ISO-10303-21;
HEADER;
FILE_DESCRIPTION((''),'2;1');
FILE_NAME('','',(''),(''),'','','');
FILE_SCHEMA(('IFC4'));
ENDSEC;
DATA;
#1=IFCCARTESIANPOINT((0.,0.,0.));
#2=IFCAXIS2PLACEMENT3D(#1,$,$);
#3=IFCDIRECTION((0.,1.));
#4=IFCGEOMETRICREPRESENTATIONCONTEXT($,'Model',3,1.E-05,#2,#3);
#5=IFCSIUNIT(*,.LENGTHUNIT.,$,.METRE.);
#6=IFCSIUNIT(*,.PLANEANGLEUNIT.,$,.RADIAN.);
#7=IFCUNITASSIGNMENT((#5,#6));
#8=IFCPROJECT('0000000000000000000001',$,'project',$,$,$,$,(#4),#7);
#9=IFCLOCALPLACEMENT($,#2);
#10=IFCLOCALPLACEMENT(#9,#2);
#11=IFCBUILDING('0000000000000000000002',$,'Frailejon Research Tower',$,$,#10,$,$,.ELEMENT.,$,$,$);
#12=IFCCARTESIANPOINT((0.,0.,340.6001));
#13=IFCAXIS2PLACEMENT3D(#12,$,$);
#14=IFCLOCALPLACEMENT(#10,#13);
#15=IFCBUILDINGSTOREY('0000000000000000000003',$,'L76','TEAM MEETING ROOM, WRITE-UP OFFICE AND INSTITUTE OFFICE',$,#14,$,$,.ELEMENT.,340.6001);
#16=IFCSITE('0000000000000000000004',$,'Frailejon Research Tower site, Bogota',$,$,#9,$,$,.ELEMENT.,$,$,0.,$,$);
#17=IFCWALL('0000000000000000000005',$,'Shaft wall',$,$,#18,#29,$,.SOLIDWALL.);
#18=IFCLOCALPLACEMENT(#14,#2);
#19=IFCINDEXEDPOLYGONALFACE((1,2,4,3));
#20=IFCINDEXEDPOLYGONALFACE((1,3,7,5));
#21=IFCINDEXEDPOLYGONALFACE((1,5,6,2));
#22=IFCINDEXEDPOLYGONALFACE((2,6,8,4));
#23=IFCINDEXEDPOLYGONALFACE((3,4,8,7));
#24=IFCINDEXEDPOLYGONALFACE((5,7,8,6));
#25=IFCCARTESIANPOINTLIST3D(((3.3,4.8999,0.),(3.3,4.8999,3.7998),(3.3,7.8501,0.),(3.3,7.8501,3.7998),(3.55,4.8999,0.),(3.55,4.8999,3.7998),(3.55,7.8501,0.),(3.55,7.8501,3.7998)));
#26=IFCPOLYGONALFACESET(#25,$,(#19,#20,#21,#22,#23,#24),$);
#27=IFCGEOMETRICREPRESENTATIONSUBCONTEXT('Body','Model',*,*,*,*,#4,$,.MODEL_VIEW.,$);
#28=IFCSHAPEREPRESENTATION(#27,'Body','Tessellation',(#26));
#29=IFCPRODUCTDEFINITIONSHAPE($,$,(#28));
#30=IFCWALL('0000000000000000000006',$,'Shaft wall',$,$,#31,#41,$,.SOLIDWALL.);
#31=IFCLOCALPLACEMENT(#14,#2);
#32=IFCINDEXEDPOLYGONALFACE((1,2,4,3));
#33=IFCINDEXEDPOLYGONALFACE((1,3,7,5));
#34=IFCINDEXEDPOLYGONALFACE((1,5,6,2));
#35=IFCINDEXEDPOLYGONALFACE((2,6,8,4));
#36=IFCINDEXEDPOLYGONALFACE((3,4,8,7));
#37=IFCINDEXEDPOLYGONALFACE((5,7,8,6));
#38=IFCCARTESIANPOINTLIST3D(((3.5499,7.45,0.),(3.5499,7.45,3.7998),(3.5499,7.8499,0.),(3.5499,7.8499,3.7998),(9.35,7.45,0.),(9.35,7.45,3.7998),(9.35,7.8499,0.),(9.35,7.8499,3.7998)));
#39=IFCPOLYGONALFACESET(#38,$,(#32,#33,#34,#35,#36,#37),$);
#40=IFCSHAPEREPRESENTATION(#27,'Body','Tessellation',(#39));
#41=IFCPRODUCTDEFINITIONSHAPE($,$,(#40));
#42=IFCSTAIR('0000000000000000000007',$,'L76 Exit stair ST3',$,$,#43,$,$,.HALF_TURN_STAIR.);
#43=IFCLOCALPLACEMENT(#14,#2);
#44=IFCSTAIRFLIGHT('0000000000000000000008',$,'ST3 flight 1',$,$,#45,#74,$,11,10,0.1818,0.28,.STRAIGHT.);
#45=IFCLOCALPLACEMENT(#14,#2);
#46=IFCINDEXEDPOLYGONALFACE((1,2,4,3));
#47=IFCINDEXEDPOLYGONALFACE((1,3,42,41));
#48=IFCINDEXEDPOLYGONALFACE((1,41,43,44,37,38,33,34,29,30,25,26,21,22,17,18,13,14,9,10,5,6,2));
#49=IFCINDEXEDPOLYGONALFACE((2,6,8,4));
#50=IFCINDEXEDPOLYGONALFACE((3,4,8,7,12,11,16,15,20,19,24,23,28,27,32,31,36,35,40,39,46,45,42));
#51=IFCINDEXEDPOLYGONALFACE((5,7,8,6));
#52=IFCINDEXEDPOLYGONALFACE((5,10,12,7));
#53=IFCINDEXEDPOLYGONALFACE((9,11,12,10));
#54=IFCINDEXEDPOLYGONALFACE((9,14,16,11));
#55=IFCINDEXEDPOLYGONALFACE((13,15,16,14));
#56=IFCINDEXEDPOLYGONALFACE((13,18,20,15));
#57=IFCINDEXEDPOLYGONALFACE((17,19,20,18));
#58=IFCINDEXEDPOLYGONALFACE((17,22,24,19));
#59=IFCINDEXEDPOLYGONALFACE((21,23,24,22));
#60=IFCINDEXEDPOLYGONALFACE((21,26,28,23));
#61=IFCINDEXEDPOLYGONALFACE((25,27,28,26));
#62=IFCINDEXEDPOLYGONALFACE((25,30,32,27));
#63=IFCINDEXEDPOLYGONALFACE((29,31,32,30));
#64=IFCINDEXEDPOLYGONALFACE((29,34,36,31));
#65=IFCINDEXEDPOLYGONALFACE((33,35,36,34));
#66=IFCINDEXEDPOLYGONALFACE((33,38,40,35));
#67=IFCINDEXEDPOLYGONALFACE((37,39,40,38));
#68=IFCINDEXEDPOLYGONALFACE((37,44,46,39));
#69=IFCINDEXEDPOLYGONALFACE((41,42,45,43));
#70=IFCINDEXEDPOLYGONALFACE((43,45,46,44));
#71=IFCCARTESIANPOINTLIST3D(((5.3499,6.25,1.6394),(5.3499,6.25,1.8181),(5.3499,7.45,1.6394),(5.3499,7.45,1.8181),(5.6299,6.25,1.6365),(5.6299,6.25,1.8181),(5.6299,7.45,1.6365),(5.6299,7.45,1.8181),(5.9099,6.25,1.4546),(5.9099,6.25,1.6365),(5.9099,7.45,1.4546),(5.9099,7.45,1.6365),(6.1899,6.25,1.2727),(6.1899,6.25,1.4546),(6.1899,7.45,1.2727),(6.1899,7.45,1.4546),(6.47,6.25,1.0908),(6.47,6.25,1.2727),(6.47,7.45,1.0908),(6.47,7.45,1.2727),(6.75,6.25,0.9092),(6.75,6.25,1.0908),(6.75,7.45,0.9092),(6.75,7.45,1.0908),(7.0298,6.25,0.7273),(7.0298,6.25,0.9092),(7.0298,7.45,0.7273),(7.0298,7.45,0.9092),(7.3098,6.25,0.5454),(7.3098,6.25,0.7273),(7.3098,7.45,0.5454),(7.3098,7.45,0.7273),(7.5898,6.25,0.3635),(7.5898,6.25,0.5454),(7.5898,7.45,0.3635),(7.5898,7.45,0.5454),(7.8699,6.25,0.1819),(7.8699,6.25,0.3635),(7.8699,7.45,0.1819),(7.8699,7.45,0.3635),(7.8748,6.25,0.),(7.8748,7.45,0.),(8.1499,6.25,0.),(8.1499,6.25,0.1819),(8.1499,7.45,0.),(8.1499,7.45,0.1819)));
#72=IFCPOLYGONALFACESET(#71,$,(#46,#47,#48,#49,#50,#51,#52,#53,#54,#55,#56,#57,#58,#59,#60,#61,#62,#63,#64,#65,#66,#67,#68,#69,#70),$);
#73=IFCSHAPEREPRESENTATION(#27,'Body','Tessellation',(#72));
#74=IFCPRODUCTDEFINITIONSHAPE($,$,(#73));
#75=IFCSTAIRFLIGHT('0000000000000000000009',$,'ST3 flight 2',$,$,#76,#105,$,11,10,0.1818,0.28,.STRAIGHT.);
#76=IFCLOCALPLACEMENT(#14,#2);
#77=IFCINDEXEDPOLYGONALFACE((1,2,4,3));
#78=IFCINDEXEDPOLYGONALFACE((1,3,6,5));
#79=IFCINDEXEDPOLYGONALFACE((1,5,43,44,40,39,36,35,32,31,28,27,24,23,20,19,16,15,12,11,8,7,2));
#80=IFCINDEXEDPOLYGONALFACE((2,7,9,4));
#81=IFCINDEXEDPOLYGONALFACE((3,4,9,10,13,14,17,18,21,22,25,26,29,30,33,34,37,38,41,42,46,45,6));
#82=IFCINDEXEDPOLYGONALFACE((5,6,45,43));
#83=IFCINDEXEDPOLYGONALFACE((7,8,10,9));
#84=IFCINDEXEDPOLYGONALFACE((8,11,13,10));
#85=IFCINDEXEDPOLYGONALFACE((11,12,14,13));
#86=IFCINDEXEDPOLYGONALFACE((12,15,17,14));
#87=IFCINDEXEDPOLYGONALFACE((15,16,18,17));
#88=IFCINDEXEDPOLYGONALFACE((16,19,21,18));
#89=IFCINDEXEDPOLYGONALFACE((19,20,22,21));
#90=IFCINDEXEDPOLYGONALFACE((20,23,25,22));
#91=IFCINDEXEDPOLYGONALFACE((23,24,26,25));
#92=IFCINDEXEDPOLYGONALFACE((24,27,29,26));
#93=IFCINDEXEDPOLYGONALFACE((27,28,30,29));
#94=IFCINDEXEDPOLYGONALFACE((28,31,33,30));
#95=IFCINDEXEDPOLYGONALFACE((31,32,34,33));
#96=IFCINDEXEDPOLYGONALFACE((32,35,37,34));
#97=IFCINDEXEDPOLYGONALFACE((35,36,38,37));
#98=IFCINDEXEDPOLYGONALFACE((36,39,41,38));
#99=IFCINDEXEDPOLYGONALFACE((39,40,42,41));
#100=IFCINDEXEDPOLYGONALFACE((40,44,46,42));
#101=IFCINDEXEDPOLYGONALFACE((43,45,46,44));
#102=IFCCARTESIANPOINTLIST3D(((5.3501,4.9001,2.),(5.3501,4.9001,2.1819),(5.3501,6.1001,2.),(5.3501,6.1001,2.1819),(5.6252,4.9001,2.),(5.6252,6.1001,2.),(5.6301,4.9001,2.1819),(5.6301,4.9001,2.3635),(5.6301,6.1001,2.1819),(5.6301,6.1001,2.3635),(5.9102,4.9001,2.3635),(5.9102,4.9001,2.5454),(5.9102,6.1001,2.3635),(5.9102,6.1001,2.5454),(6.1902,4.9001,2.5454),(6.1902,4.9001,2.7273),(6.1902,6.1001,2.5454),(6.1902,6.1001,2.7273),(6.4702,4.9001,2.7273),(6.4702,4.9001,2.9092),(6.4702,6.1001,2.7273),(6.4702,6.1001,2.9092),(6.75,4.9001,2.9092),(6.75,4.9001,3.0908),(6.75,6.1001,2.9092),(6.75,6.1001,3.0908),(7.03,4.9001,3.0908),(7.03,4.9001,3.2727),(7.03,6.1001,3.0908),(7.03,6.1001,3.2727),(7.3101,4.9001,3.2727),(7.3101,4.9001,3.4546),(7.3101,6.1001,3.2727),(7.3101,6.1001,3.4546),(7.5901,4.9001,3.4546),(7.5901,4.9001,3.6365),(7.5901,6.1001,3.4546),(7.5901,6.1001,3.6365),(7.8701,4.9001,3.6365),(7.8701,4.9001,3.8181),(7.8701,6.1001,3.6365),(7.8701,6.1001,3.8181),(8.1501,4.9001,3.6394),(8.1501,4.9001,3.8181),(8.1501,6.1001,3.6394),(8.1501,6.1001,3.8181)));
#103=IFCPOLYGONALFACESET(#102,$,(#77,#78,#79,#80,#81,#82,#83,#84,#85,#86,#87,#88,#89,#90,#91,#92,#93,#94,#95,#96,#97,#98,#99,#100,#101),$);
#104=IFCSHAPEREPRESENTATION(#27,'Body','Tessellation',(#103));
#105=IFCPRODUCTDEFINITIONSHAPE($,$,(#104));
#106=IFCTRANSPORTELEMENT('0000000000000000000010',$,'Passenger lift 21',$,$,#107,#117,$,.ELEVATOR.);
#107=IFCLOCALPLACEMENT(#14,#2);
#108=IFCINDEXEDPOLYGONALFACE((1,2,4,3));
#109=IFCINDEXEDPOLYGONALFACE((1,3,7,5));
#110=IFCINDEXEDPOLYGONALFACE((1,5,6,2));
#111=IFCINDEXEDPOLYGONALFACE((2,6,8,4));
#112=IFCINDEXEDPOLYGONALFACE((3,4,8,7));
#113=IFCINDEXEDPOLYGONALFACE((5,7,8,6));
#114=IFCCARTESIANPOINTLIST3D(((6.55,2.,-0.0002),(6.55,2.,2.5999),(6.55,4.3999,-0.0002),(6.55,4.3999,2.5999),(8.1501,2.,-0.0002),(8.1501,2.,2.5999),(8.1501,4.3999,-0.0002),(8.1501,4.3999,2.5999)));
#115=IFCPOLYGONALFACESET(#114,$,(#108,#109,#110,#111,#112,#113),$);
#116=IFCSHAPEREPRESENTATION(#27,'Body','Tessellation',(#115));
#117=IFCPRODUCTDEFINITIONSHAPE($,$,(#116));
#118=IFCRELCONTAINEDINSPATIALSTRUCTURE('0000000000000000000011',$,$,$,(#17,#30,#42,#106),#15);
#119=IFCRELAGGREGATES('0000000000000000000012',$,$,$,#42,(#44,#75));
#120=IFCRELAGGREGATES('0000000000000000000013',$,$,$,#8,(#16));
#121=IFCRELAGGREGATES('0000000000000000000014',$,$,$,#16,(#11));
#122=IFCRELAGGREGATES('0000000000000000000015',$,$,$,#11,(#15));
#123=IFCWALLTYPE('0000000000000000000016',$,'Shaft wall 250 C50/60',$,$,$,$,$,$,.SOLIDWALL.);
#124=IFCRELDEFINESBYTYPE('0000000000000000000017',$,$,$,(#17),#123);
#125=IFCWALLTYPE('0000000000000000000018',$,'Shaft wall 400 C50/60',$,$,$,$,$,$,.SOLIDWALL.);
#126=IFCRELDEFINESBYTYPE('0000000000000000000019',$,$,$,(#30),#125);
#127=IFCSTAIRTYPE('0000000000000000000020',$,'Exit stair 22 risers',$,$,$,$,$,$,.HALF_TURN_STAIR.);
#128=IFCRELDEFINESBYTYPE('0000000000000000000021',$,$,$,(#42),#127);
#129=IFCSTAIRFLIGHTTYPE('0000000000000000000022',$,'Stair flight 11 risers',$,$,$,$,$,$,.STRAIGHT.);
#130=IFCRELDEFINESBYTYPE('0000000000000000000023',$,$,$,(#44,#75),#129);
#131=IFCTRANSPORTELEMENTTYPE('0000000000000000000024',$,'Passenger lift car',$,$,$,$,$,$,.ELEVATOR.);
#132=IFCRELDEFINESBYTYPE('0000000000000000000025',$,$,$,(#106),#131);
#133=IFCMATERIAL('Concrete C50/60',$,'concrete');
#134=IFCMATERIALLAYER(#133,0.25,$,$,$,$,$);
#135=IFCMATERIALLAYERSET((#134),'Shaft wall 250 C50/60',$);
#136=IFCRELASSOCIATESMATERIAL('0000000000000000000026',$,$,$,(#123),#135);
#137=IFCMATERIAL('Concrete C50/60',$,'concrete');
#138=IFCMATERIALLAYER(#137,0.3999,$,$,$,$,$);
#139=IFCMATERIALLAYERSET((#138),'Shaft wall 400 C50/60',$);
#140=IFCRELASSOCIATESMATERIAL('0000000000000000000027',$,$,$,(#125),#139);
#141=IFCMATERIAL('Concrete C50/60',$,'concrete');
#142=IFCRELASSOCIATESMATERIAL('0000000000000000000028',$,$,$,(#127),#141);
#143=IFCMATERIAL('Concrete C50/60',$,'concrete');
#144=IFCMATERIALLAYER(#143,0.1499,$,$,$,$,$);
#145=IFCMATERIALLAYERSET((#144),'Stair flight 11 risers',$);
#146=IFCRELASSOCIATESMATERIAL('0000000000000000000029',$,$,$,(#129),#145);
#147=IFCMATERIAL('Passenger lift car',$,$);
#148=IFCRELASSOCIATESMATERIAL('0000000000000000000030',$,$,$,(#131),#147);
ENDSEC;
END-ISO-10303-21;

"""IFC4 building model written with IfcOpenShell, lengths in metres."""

from ifc_helpers import new_model, si_unit, direction, frame, frame_2d, origin, origin_2d, place, context, subcontext, project, spatial, polyline, rectangle, outline, extrude, material, layer, layer_set, type_object, element, aggregate, save


model = new_model("IFC4")

# Units and contexts
model_context = context("Model", 3, precision=1e-05, world=origin(), true_north=direction((0.0, 1.0)))
body_context = subcontext(model_context, "Body", "Model", "MODEL_VIEW")
ifc_project = project(units=[si_unit("LENGTHUNIT", "METRE"), si_unit("PLANEANGLEUNIT", "RADIAN")], contexts=[model_context])

# Site, building, storey
site_placement = place(None, origin())
site = spatial("IfcSite", under=ifc_project, at=site_placement, Name="Frailejon Research Tower site, Bogota", CompositionType="ELEMENT", RefElevation=0.0)
building_placement = place(site_placement, origin())
building = spatial("IfcBuilding", under=site, at=building_placement, Name="Frailejon Research Tower", CompositionType="ELEMENT")
storey_placement = place(building_placement, frame((0.0, 0.0, 340.6001)))
storey = spatial("IfcBuildingStorey", under=building, at=storey_placement, Name="L76", Description="TEAM MEETING ROOM, WRITE-UP OFFICE AND INSTITUTE OFFICE", CompositionType="ELEMENT", Elevation=340.6001)

# Shared definitions
ifc_material_1 = material(Name="Concrete C50/60", Category="concrete")
ifc_layer_1 = layer(ifc_material_1, 0.25)
ifc_layer_set_1 = layer_set([ifc_layer_1], Name="Shaft wall 250 C50/60")
wall_type_1 = type_object("IfcWallType", Name="Shaft wall 250 C50/60", PredefinedType="SOLIDWALL", material=ifc_layer_set_1)

# Walls
wall_1_placement = place(storey_placement, frame((3.425, 4.8999, 0.0), z_axis=(0.0, 0.0, 1.0), x_axis=(0.0, 1.0, 0.0)))
element("IfcWall", 1, at=wall_1_placement, inside=storey, type_object=wall_type_1, Name="Shaft wall", PredefinedType="SOLIDWALL", context=body_context, shape_type="SweptSolid", body=[
    extrude(rectangle(XDim=2.9502, YDim=0.25, at=frame_2d((1.4751, 0.0))), origin(), (0.0, 0.0, 1.0), 3.7998),
])
ifc_material_2 = material(Name="Concrete C50/60", Category="concrete")
ifc_layer_2 = layer(ifc_material_2, 0.3999)
ifc_layer_set_2 = layer_set([ifc_layer_2], Name="Shaft wall 400 C50/60")
wall_type_2 = type_object("IfcWallType", Name="Shaft wall 400 C50/60", PredefinedType="SOLIDWALL", material=ifc_layer_set_2)
wall_2_placement = place(storey_placement, frame((3.55, 7.6499, 0.0), z_axis=(0.0, 0.0, 1.0), x_axis=(1.0, 0.0, 0.0)))
element("IfcWall", 2, at=wall_2_placement, inside=storey, type_object=wall_type_2, Name="Shaft wall", PredefinedType="SOLIDWALL", context=body_context, shape_type="SweptSolid", body=[
    extrude(rectangle(XDim=5.8, YDim=0.3999, at=frame_2d((2.8999, 0.0))), origin(), (0.0, 0.0, 1.0), 3.7998),
])

# Stair, stair flights
ifc_material_3 = material(Name="Concrete C50/60", Category="concrete")
stair_type = type_object("IfcStairType", Name="Exit stair 22 risers", PredefinedType="HALF_TURN_STAIR", material=ifc_material_3)
stair_placement = place(storey_placement, origin())
stair = element("IfcStair", 3, at=stair_placement, inside=storey, type_object=stair_type, Name="L76 Exit stair ST3", PredefinedType="HALF_TURN_STAIR")
ifc_material_4 = material(Name="Concrete C50/60", Category="concrete")
ifc_layer_3 = layer(ifc_material_4, 0.1499)
ifc_layer_set_3 = layer_set([ifc_layer_3], Name="Stair flight 11 risers")
stair_flight_type = type_object("IfcStairFlightType", Name="Stair flight 11 risers", PredefinedType="STRAIGHT", material=ifc_layer_set_3)
stair_flight_1_placement = place(storey_placement, frame((8.1499, 6.8501, 0.0), z_axis=(0.0, 0.0, 1.0), x_axis=(-1.0, 0.0, 0.0)))
stair_flight_1 = element("IfcStairFlight", 4, at=stair_flight_1_placement, type_object=stair_flight_type, Name="ST3 flight 1", NumberOfRisers=11, NumberOfTreads=10, PredefinedType="STRAIGHT", RiserHeight=0.1818, TreadLength=0.28, context=body_context, shape_type="SweptSolid", body=[
    extrude(outline(polyline([(0.0, 0.0), (0.0, 0.1819), (0.28, 0.1819), (0.28, 0.3635), (0.5601, 0.3635), (0.5601, 0.5454), (0.8401, 0.5454), (0.8401, 0.7273), (1.1201, 0.7273), (1.1201, 0.9092), (1.3999, 0.9092), (1.3999, 1.0908), (1.6799, 1.0908), (1.6799, 1.2727), (1.96, 1.2727), (1.96, 1.4546), (2.24, 1.4546), (2.24, 1.6365), (2.52, 1.6365), (2.52, 1.8181), (2.8, 1.8181), (2.8, 2.0), (2.8, 1.6394), (0.2751, 0.0), (0.0, 0.0)])), frame((0.0, 0.6001, 0.0), z_axis=(0.0, -1.0, 0.0), x_axis=(1.0, 0.0, 0.0)), (0.0, 0.0, 1.0), 1.2),
])
stair_flight_2_placement = place(storey_placement, frame((5.3501, 5.5, 2.0), z_axis=(0.0, 0.0, 1.0), x_axis=(1.0, 0.0, 0.0)))
stair_flight_2 = element("IfcStairFlight", 5, at=stair_flight_2_placement, type_object=stair_flight_type, Name="ST3 flight 2", NumberOfRisers=11, NumberOfTreads=10, PredefinedType="STRAIGHT", RiserHeight=0.1818, TreadLength=0.28, context=body_context, shape_type="SweptSolid", body=[
    extrude(outline(polyline([(0.0, 0.0), (0.0, 0.1819), (0.28, 0.1819), (0.28, 0.3635), (0.5601, 0.3635), (0.5601, 0.5454), (0.8401, 0.5454), (0.8401, 0.7273), (1.1201, 0.7273), (1.1201, 0.9092), (1.3999, 0.9092), (1.3999, 1.0908), (1.6799, 1.0908), (1.6799, 1.2727), (1.96, 1.2727), (1.96, 1.4546), (2.24, 1.4546), (2.24, 1.6365), (2.52, 1.6365), (2.52, 1.8181), (2.8, 1.8181), (2.8, 2.0), (2.8, 1.6394), (0.2751, 0.0), (0.0, 0.0)])), frame((0.0, 0.6001, 0.0), z_axis=(0.0, -1.0, 0.0), x_axis=(1.0, 0.0, 0.0)), (0.0, 0.0, 1.0), 1.2),
])
aggregate(stair, [stair_flight_1, stair_flight_2])

# Transport element
ifc_material_5 = material(Name="Passenger lift car")
transport_element_type = type_object("IfcTransportElementType", Name="Passenger lift car", PredefinedType="ELEVATOR", material=ifc_material_5)
transport_element_placement = place(storey_placement, frame((7.3501, 3.2, -0.0002), z_axis=(0.0, 0.0, 1.0), x_axis=(1.0, 0.0, 0.0)))
element("IfcTransportElement", 6, at=transport_element_placement, inside=storey, type_object=transport_element_type, Name="Passenger lift 21", PredefinedType="ELEVATOR", context=body_context, shape_type="SweptSolid", body=[
    extrude(rectangle(XDim=1.6001, YDim=2.3999, at=origin_2d()), origin(), (0.0, 0.0, 1.0), 2.6001),
])

save(model, "model.ifc")
